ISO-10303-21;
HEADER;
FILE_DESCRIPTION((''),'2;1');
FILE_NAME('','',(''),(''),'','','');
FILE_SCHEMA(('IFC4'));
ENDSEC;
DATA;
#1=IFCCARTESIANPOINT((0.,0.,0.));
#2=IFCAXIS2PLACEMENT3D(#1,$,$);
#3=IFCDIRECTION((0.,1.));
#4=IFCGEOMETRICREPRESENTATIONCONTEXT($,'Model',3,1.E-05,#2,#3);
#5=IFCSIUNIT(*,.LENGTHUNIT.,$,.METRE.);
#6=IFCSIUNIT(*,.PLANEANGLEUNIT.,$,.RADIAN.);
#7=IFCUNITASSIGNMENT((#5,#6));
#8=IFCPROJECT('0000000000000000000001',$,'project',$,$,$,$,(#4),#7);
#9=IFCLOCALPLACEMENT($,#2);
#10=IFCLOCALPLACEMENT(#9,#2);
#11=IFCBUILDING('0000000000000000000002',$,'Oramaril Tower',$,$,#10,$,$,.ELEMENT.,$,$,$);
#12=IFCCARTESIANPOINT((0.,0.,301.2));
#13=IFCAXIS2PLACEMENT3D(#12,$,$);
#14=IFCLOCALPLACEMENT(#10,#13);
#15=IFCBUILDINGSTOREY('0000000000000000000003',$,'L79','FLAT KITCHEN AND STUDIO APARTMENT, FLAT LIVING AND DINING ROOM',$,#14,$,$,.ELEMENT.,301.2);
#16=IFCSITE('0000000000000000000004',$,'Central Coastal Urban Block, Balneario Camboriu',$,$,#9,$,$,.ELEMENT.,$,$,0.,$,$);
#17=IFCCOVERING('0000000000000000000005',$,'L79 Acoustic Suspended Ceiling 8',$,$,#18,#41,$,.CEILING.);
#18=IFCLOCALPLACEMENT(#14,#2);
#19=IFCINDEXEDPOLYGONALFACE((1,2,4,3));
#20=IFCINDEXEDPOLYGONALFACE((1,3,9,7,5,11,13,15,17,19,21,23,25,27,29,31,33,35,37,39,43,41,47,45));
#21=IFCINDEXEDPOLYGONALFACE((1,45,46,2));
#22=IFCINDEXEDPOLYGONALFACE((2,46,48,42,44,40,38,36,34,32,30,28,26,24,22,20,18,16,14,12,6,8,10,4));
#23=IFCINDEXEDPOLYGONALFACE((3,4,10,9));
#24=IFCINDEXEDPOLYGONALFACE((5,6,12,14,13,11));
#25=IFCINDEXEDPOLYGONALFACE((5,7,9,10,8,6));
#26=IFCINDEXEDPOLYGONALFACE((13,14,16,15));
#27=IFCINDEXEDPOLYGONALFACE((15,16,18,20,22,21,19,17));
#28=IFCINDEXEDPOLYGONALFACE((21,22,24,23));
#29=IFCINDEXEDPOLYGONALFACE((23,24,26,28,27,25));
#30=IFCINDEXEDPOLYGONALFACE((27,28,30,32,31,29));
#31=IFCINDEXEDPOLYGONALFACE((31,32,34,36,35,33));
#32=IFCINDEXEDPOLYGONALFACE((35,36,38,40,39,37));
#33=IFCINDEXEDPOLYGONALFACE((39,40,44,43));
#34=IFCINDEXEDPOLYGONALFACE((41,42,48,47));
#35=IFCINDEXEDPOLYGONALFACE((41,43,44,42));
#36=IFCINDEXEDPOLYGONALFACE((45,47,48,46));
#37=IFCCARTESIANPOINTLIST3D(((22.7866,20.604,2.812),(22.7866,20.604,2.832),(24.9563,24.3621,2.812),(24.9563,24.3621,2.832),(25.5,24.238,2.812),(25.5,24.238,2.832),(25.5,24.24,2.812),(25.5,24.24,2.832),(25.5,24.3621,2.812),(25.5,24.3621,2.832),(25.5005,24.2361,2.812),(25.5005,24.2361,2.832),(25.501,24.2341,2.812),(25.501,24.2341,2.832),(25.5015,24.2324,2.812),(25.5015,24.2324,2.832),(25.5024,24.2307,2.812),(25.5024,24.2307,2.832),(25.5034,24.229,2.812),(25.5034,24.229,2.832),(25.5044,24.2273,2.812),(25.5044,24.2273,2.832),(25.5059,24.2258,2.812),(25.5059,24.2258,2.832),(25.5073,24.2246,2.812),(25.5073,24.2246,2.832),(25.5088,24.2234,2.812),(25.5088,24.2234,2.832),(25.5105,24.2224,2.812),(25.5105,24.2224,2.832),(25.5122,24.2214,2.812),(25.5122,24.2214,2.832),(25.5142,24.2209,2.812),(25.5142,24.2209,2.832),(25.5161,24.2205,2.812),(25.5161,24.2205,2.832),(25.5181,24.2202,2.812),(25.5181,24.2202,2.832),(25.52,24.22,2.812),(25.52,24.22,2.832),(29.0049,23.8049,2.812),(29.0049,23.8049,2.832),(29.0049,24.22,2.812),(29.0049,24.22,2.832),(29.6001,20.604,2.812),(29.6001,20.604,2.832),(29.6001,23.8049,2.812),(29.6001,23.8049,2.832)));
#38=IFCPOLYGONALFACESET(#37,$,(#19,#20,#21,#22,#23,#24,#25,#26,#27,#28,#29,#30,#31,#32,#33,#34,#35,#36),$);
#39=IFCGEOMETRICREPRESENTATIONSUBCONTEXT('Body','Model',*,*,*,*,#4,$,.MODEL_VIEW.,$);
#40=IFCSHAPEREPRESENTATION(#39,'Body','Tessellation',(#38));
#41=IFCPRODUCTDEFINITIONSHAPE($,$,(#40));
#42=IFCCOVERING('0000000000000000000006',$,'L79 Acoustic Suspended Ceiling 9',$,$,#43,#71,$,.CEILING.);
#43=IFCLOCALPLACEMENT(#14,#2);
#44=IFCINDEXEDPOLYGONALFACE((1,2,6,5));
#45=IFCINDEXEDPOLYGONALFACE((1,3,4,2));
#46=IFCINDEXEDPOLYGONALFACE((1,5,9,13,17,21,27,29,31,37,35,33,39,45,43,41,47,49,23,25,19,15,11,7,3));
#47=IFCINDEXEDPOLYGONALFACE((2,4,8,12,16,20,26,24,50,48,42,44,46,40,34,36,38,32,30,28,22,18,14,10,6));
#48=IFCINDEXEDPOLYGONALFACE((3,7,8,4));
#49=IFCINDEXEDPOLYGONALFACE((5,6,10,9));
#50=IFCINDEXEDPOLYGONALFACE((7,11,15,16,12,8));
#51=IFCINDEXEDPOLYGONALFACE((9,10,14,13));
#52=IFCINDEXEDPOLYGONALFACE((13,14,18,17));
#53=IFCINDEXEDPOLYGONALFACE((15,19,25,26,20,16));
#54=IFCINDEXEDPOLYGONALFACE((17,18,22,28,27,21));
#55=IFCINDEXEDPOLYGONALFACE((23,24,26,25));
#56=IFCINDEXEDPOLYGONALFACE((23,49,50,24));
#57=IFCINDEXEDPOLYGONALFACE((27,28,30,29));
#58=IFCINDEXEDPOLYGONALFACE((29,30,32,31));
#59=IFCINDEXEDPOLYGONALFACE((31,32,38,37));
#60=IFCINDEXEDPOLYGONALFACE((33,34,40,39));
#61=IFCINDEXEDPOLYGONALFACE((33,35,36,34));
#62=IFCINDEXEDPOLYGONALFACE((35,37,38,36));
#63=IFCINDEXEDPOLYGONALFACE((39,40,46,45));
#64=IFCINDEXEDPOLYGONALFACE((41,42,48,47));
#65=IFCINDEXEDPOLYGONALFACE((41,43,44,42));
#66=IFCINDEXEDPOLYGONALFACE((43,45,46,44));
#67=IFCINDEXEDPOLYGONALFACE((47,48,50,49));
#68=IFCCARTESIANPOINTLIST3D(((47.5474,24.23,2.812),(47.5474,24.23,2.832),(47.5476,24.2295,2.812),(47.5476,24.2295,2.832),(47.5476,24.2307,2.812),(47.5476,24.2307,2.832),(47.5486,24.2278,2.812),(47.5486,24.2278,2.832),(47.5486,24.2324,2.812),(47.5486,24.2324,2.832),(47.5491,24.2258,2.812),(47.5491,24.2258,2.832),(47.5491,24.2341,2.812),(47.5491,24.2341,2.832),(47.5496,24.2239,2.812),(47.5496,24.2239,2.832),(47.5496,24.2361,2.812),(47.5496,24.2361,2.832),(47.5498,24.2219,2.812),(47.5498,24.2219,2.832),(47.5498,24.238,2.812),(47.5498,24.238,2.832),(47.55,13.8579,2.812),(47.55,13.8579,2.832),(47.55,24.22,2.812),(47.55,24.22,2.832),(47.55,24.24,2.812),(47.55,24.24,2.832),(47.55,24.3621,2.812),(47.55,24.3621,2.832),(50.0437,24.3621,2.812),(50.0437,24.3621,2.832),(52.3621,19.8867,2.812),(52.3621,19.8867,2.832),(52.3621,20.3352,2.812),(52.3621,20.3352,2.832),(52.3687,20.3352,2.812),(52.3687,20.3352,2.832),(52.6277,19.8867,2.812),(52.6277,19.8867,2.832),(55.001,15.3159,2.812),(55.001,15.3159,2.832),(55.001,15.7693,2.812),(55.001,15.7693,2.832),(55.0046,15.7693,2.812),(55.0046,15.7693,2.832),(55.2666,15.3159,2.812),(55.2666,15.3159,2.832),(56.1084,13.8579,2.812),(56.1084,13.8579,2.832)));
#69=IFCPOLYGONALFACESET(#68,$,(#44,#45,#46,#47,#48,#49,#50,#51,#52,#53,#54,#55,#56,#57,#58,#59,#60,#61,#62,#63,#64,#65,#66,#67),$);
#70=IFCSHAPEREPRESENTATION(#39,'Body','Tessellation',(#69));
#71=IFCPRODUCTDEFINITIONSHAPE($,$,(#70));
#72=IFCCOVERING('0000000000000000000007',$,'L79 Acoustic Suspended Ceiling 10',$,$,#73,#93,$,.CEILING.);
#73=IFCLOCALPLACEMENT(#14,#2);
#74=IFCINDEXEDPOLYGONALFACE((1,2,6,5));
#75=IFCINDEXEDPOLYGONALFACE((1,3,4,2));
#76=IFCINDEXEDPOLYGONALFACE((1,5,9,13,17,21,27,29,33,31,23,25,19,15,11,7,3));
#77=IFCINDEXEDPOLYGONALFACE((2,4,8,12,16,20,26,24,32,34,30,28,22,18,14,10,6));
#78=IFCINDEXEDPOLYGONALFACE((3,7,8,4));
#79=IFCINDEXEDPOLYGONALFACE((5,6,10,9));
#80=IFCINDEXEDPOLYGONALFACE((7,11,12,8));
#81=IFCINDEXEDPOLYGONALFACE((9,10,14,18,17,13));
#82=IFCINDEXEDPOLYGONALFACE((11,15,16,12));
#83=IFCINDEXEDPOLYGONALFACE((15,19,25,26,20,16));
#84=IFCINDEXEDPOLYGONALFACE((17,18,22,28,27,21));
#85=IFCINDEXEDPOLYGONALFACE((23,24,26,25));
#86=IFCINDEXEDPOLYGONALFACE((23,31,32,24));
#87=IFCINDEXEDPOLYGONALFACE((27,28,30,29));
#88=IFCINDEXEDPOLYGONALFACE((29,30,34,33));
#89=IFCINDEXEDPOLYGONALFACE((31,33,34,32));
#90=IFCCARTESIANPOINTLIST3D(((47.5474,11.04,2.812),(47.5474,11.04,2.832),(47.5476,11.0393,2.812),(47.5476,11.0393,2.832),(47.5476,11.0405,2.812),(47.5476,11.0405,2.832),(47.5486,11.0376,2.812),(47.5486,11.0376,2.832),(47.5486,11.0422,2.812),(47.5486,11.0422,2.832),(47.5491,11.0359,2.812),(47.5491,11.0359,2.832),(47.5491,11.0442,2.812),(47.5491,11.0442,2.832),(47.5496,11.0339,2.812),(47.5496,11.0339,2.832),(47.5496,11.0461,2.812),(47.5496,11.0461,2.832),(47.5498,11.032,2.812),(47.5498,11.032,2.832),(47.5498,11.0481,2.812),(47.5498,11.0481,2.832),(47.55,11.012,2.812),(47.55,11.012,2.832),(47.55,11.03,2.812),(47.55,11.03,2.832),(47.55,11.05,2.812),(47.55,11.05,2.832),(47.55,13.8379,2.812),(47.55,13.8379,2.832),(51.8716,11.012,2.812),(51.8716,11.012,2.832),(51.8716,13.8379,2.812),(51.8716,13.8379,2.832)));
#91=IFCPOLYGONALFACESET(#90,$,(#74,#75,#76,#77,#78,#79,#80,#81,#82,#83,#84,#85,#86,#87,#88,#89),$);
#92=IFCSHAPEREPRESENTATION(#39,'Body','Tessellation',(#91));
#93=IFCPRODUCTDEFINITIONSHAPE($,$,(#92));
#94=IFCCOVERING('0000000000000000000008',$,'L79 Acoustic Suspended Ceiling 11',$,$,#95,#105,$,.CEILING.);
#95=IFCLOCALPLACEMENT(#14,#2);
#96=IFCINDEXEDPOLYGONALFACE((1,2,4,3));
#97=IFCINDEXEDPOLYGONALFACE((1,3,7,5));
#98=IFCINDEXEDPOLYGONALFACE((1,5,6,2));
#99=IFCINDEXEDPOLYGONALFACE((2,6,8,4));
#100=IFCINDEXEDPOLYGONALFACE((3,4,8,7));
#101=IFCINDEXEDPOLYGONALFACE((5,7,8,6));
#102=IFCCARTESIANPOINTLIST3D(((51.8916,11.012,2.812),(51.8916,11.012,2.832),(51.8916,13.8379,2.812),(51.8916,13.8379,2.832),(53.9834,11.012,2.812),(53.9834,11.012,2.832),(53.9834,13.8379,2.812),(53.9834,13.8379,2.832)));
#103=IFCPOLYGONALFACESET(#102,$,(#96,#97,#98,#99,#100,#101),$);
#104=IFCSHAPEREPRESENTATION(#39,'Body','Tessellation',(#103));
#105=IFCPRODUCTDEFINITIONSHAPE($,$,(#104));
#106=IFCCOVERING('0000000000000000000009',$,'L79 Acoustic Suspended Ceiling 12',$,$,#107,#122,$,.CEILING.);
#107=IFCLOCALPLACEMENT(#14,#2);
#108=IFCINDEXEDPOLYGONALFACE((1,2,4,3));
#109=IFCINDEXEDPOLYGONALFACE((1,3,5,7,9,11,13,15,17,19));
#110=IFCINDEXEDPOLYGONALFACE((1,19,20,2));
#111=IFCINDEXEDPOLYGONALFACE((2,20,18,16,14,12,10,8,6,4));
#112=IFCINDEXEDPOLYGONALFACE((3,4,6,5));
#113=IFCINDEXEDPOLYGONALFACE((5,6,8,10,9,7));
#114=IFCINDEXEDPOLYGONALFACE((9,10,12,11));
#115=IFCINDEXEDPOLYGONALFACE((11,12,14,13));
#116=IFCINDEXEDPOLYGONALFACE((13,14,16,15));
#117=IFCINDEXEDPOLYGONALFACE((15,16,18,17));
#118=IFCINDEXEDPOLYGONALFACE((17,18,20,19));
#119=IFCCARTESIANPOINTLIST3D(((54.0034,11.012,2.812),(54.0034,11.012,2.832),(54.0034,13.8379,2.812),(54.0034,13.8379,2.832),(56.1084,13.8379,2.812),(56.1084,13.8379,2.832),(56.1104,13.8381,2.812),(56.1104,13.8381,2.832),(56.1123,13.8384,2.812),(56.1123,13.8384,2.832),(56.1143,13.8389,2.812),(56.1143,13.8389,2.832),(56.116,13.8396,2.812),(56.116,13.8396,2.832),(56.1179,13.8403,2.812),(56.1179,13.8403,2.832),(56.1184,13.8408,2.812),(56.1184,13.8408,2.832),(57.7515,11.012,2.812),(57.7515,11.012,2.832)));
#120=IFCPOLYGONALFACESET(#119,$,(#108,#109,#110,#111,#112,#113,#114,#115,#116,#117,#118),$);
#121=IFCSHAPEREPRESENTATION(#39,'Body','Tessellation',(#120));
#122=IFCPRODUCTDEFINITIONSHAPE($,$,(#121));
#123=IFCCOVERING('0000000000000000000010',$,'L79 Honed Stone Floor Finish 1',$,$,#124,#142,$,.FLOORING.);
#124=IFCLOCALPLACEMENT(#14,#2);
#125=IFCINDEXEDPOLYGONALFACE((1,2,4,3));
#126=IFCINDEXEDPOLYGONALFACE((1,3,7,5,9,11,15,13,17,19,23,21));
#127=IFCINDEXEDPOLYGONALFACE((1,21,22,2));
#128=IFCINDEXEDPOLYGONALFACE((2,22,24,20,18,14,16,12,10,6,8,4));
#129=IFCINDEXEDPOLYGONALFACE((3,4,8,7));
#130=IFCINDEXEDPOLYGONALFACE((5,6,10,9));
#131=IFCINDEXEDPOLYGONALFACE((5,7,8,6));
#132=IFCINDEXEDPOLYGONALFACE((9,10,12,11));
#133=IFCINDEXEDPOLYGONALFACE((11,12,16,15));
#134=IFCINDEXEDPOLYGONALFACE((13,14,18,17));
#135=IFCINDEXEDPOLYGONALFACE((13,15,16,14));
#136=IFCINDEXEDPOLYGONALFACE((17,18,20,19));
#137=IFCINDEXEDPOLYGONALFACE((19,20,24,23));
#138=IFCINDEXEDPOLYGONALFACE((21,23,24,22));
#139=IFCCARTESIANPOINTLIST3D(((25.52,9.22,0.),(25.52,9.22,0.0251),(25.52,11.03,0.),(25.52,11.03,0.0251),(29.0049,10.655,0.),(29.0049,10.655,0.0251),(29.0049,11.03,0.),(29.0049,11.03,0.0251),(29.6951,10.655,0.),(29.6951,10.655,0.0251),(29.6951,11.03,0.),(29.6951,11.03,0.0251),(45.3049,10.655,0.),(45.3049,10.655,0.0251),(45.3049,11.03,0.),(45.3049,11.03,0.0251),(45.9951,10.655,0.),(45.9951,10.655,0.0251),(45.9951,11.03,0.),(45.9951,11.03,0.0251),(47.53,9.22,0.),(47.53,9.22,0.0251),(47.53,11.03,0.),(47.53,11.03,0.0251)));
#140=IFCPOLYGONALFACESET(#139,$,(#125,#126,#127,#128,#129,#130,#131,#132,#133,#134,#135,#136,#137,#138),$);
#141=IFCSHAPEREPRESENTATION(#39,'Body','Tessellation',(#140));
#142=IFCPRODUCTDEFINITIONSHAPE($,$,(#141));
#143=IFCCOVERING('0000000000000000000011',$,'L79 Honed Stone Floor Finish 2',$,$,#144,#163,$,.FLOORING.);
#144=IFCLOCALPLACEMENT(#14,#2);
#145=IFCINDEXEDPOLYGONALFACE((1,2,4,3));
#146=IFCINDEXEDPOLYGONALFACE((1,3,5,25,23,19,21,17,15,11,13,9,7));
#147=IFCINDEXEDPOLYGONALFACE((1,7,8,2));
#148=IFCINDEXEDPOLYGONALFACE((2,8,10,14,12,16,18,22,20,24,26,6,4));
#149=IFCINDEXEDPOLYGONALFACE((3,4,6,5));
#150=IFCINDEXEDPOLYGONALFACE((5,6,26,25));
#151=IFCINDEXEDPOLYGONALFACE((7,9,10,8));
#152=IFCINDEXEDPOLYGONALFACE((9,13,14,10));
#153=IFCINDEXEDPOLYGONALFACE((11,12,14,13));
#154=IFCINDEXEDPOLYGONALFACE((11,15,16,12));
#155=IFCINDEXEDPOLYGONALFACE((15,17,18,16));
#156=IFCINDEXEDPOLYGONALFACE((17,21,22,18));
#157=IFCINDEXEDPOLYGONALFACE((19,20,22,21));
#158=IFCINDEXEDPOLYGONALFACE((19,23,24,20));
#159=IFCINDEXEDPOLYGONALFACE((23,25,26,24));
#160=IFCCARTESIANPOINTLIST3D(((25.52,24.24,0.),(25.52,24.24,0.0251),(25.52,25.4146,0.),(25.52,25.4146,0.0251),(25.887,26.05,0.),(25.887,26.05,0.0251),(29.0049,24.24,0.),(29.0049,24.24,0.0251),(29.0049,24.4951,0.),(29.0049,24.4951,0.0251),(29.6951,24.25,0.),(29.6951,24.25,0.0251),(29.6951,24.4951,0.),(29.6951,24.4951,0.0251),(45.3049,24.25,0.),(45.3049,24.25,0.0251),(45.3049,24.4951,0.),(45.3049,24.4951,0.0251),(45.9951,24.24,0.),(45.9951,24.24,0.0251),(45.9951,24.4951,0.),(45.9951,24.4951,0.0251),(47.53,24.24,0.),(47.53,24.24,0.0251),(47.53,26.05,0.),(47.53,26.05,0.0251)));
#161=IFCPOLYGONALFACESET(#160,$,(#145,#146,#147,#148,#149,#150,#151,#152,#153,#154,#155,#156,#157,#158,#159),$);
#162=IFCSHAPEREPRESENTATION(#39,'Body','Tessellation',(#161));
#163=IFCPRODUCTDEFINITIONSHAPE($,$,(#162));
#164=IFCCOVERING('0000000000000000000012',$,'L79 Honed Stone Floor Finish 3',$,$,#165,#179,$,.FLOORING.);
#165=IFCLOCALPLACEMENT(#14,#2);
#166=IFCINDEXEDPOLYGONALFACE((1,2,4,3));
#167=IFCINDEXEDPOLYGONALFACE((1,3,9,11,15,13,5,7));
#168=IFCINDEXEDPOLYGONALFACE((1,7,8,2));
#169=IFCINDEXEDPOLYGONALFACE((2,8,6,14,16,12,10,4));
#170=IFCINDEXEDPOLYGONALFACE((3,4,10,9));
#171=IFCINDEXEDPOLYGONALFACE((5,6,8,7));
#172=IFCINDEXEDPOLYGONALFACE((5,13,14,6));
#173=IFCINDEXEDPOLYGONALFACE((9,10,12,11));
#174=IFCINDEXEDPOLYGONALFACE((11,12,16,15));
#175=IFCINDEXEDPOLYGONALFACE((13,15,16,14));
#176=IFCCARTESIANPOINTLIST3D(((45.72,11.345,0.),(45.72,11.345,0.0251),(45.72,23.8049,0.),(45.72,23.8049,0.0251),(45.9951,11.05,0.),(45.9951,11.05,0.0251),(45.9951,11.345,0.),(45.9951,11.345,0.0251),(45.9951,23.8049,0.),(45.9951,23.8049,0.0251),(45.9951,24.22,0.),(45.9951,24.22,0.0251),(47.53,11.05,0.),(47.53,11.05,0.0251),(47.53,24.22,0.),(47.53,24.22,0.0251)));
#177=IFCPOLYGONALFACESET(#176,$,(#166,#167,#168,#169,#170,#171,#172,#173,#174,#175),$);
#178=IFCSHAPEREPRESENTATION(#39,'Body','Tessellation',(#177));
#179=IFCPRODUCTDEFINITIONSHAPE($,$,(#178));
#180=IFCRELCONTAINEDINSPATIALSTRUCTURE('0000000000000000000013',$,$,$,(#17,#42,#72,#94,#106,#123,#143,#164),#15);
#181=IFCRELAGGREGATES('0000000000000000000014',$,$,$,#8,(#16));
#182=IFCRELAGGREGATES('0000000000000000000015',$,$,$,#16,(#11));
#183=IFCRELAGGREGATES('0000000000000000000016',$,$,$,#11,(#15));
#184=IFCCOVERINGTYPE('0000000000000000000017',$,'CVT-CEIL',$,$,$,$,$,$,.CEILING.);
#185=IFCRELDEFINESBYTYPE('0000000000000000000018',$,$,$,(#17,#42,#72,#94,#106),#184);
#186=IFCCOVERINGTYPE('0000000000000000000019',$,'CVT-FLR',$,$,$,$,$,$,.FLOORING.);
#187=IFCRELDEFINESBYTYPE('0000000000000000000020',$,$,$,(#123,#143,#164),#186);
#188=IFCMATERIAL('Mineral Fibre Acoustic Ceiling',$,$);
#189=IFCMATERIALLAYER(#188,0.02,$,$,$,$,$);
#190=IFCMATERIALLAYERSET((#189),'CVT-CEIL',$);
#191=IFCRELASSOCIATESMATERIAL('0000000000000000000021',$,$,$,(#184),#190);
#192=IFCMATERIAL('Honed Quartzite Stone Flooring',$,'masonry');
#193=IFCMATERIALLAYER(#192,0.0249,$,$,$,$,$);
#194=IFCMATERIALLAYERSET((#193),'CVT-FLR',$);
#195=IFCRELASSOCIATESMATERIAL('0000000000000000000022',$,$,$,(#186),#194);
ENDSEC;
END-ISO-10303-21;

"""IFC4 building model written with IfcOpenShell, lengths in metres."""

from ifc_helpers import new_model, si_unit, direction, frame, origin, place, context, subcontext, project, spatial, polyline, outline, extrude, material, layer, layer_set, type_object, element, save


model = new_model("IFC4")

# Units and contexts
model_context = context("Model", 3, precision=1e-05, world=origin(), true_north=direction((0.0, 1.0)))
body_context = subcontext(model_context, "Body", "Model", "MODEL_VIEW")
ifc_project = project(units=[si_unit("LENGTHUNIT", "METRE"), si_unit("PLANEANGLEUNIT", "RADIAN")], contexts=[model_context])

# Site, building, storey
site_placement = place(None, origin())
site = spatial("IfcSite", under=ifc_project, at=site_placement, Name="Central Coastal Urban Block, Balneario Camboriu", CompositionType="ELEMENT", RefElevation=0.0)
building_placement = place(site_placement, origin())
building = spatial("IfcBuilding", under=site, at=building_placement, Name="Oramaril Tower", CompositionType="ELEMENT")
storey_placement = place(building_placement, frame((0.0, 0.0, 301.2)))
storey = spatial("IfcBuildingStorey", under=building, at=storey_placement, Name="L79", Description="FLAT KITCHEN AND STUDIO APARTMENT, FLAT LIVING AND DINING ROOM", CompositionType="ELEMENT", Elevation=301.2)

# Coverings
ifc_material_1 = material(Name="Mineral Fibre Acoustic Ceiling")
ifc_layer_1 = layer(ifc_material_1, 0.02)
ifc_layer_set_1 = layer_set([ifc_layer_1], Name="CVT-CEIL")
covering_type_1 = type_object("IfcCoveringType", Name="CVT-CEIL", PredefinedType="CEILING", material=ifc_layer_set_1)
covering_1_placement = place(storey_placement, frame((0.0, 0.0, 2.812)))
element("IfcCovering", 1, at=covering_1_placement, inside=storey, type_object=covering_type_1, Name="L79 Acoustic Suspended Ceiling 8", PredefinedType="CEILING", context=body_context, shape_type="SweptSolid", body=[
    extrude(outline(polyline([(29.0049, 23.8049), (29.6001, 23.8049), (29.6001, 20.604), (22.7866, 20.604), (24.9563, 24.3621), (25.5, 24.3621), (25.5, 24.24), (25.5, 24.238), (25.5005, 24.2361), (25.501, 24.2341), (25.5015, 24.2324), (25.5024, 24.2307), (25.5034, 24.229), (25.5044, 24.2273), (25.5059, 24.2258), (25.5073, 24.2246), (25.5088, 24.2234), (25.5105, 24.2224), (25.5122, 24.2214), (25.5142, 24.2209), (25.5161, 24.2205), (25.5181, 24.2202), (25.52, 24.22), (29.0049, 24.22), (29.0049, 23.8049)])), origin(), (0.0, 0.0, 1.0), 0.02),
])
covering_2_placement = place(storey_placement, frame((0.0, 0.0, 2.812)))
element("IfcCovering", 2, at=covering_2_placement, inside=storey, type_object=covering_type_1, Name="L79 Acoustic Suspended Ceiling 9", PredefinedType="CEILING", context=body_context, shape_type="SweptSolid", body=[
    extrude(outline(polyline([(52.3621, 20.3352), (52.3621, 19.8867), (52.6277, 19.8867), (55.0046, 15.7693), (55.001, 15.7693), (55.001, 15.3159), (55.2666, 15.3159), (56.1084, 13.8579), (47.55, 13.8579), (47.55, 24.22), (47.5498, 24.2219), (47.5496, 24.2239), (47.5491, 24.2258), (47.5486, 24.2278), (47.5476, 24.2295), (47.5474, 24.23), (47.5476, 24.2307), (47.5486, 24.2324), (47.5491, 24.2341), (47.5496, 24.2361), (47.5498, 24.238), (47.55, 24.24), (47.55, 24.3621), (50.0437, 24.3621), (52.3687, 20.3352), (52.3621, 20.3352)])), origin(), (0.0, 0.0, 1.0), 0.02),
])
covering_3_placement = place(storey_placement, frame((0.0, 0.0, 2.812)))
element("IfcCovering", 3, at=covering_3_placement, inside=storey, type_object=covering_type_1, Name="L79 Acoustic Suspended Ceiling 10", PredefinedType="CEILING", context=body_context, shape_type="SweptSolid", body=[
    extrude(outline(polyline([(51.8716, 11.012), (47.55, 11.012), (47.55, 11.03), (47.5498, 11.032), (47.5496, 11.0339), (47.5491, 11.0359), (47.5486, 11.0376), (47.5476, 11.0393), (47.5474, 11.04), (47.5476, 11.0405), (47.5486, 11.0422), (47.5491, 11.0442), (47.5496, 11.0461), (47.5498, 11.0481), (47.55, 11.05), (47.55, 13.8379), (51.8716, 13.8379), (51.8716, 11.012)])), origin(), (0.0, 0.0, 1.0), 0.02),
])
covering_4_placement = place(storey_placement, frame((0.0, 0.0, 2.812)))
element("IfcCovering", 4, at=covering_4_placement, inside=storey, type_object=covering_type_1, Name="L79 Acoustic Suspended Ceiling 11", PredefinedType="CEILING", context=body_context, shape_type="SweptSolid", body=[
    extrude(outline(polyline([(53.9834, 11.012), (51.8916, 11.012), (51.8916, 13.8379), (53.9834, 13.8379), (53.9834, 11.012)])), origin(), (0.0, 0.0, 1.0), 0.02),
])
covering_5_placement = place(storey_placement, frame((0.0, 0.0, 2.812)))
element("IfcCovering", 5, at=covering_5_placement, inside=storey, type_object=covering_type_1, Name="L79 Acoustic Suspended Ceiling 12", PredefinedType="CEILING", context=body_context, shape_type="SweptSolid", body=[
    extrude(outline(polyline([(57.7515, 11.012), (54.0034, 11.012), (54.0034, 13.8379), (56.1084, 13.8379), (56.1104, 13.8381), (56.1123, 13.8384), (56.1143, 13.8389), (56.116, 13.8396), (56.1179, 13.8403), (56.1184, 13.8408), (57.7515, 11.012)])), origin(), (0.0, 0.0, 1.0), 0.02),
])
ifc_material_2 = material(Name="Honed Quartzite Stone Flooring", Category="masonry")
ifc_layer_2 = layer(ifc_material_2, 0.0249)
ifc_layer_set_2 = layer_set([ifc_layer_2], Name="CVT-FLR")
covering_type_2 = type_object("IfcCoveringType", Name="CVT-FLR", PredefinedType="FLOORING", material=ifc_layer_set_2)
covering_6_placement = place(storey_placement, origin())
element("IfcCovering", 6, at=covering_6_placement, inside=storey, type_object=covering_type_2, Name="L79 Honed Stone Floor Finish 1", PredefinedType="FLOORING", context=body_context, shape_type="SweptSolid", body=[
    extrude(outline(polyline([(29.0049, 10.655), (29.6951, 10.655), (29.6951, 11.03), (45.3049, 11.03), (45.3049, 10.655), (45.9951, 10.655), (45.9951, 11.03), (47.53, 11.03), (47.53, 9.22), (25.52, 9.22), (25.52, 11.03), (29.0049, 11.03), (29.0049, 10.655)])), origin(), (0.0, 0.0, 1.0), 0.0251),
])
covering_7_placement = place(storey_placement, origin())
element("IfcCovering", 7, at=covering_7_placement, inside=storey, type_object=covering_type_2, Name="L79 Honed Stone Floor Finish 2", PredefinedType="FLOORING", context=body_context, shape_type="SweptSolid", body=[
    extrude(outline(polyline([(45.9951, 24.24), (45.9951, 24.4951), (45.3049, 24.4951), (45.3049, 24.25), (29.6951, 24.25), (29.6951, 24.4951), (29.0049, 24.4951), (29.0049, 24.24), (25.52, 24.24), (25.52, 25.4146), (25.887, 26.05), (47.53, 26.05), (47.53, 24.24), (45.9951, 24.24)])), origin(), (0.0, 0.0, 1.0), 0.0251),
])
covering_8_placement = place(storey_placement, origin())
element("IfcCovering", 8, at=covering_8_placement, inside=storey, type_object=covering_type_2, Name="L79 Honed Stone Floor Finish 3", PredefinedType="FLOORING", context=body_context, shape_type="SweptSolid", body=[
    extrude(outline(polyline([(47.53, 11.05), (45.9951, 11.05), (45.9951, 11.345), (45.72, 11.345), (45.72, 23.8049), (45.9951, 23.8049), (45.9951, 24.22), (47.53, 24.22), (47.53, 11.05)])), origin(), (0.0, 0.0, 1.0), 0.0251),
])

save(model, "model.ifc")
